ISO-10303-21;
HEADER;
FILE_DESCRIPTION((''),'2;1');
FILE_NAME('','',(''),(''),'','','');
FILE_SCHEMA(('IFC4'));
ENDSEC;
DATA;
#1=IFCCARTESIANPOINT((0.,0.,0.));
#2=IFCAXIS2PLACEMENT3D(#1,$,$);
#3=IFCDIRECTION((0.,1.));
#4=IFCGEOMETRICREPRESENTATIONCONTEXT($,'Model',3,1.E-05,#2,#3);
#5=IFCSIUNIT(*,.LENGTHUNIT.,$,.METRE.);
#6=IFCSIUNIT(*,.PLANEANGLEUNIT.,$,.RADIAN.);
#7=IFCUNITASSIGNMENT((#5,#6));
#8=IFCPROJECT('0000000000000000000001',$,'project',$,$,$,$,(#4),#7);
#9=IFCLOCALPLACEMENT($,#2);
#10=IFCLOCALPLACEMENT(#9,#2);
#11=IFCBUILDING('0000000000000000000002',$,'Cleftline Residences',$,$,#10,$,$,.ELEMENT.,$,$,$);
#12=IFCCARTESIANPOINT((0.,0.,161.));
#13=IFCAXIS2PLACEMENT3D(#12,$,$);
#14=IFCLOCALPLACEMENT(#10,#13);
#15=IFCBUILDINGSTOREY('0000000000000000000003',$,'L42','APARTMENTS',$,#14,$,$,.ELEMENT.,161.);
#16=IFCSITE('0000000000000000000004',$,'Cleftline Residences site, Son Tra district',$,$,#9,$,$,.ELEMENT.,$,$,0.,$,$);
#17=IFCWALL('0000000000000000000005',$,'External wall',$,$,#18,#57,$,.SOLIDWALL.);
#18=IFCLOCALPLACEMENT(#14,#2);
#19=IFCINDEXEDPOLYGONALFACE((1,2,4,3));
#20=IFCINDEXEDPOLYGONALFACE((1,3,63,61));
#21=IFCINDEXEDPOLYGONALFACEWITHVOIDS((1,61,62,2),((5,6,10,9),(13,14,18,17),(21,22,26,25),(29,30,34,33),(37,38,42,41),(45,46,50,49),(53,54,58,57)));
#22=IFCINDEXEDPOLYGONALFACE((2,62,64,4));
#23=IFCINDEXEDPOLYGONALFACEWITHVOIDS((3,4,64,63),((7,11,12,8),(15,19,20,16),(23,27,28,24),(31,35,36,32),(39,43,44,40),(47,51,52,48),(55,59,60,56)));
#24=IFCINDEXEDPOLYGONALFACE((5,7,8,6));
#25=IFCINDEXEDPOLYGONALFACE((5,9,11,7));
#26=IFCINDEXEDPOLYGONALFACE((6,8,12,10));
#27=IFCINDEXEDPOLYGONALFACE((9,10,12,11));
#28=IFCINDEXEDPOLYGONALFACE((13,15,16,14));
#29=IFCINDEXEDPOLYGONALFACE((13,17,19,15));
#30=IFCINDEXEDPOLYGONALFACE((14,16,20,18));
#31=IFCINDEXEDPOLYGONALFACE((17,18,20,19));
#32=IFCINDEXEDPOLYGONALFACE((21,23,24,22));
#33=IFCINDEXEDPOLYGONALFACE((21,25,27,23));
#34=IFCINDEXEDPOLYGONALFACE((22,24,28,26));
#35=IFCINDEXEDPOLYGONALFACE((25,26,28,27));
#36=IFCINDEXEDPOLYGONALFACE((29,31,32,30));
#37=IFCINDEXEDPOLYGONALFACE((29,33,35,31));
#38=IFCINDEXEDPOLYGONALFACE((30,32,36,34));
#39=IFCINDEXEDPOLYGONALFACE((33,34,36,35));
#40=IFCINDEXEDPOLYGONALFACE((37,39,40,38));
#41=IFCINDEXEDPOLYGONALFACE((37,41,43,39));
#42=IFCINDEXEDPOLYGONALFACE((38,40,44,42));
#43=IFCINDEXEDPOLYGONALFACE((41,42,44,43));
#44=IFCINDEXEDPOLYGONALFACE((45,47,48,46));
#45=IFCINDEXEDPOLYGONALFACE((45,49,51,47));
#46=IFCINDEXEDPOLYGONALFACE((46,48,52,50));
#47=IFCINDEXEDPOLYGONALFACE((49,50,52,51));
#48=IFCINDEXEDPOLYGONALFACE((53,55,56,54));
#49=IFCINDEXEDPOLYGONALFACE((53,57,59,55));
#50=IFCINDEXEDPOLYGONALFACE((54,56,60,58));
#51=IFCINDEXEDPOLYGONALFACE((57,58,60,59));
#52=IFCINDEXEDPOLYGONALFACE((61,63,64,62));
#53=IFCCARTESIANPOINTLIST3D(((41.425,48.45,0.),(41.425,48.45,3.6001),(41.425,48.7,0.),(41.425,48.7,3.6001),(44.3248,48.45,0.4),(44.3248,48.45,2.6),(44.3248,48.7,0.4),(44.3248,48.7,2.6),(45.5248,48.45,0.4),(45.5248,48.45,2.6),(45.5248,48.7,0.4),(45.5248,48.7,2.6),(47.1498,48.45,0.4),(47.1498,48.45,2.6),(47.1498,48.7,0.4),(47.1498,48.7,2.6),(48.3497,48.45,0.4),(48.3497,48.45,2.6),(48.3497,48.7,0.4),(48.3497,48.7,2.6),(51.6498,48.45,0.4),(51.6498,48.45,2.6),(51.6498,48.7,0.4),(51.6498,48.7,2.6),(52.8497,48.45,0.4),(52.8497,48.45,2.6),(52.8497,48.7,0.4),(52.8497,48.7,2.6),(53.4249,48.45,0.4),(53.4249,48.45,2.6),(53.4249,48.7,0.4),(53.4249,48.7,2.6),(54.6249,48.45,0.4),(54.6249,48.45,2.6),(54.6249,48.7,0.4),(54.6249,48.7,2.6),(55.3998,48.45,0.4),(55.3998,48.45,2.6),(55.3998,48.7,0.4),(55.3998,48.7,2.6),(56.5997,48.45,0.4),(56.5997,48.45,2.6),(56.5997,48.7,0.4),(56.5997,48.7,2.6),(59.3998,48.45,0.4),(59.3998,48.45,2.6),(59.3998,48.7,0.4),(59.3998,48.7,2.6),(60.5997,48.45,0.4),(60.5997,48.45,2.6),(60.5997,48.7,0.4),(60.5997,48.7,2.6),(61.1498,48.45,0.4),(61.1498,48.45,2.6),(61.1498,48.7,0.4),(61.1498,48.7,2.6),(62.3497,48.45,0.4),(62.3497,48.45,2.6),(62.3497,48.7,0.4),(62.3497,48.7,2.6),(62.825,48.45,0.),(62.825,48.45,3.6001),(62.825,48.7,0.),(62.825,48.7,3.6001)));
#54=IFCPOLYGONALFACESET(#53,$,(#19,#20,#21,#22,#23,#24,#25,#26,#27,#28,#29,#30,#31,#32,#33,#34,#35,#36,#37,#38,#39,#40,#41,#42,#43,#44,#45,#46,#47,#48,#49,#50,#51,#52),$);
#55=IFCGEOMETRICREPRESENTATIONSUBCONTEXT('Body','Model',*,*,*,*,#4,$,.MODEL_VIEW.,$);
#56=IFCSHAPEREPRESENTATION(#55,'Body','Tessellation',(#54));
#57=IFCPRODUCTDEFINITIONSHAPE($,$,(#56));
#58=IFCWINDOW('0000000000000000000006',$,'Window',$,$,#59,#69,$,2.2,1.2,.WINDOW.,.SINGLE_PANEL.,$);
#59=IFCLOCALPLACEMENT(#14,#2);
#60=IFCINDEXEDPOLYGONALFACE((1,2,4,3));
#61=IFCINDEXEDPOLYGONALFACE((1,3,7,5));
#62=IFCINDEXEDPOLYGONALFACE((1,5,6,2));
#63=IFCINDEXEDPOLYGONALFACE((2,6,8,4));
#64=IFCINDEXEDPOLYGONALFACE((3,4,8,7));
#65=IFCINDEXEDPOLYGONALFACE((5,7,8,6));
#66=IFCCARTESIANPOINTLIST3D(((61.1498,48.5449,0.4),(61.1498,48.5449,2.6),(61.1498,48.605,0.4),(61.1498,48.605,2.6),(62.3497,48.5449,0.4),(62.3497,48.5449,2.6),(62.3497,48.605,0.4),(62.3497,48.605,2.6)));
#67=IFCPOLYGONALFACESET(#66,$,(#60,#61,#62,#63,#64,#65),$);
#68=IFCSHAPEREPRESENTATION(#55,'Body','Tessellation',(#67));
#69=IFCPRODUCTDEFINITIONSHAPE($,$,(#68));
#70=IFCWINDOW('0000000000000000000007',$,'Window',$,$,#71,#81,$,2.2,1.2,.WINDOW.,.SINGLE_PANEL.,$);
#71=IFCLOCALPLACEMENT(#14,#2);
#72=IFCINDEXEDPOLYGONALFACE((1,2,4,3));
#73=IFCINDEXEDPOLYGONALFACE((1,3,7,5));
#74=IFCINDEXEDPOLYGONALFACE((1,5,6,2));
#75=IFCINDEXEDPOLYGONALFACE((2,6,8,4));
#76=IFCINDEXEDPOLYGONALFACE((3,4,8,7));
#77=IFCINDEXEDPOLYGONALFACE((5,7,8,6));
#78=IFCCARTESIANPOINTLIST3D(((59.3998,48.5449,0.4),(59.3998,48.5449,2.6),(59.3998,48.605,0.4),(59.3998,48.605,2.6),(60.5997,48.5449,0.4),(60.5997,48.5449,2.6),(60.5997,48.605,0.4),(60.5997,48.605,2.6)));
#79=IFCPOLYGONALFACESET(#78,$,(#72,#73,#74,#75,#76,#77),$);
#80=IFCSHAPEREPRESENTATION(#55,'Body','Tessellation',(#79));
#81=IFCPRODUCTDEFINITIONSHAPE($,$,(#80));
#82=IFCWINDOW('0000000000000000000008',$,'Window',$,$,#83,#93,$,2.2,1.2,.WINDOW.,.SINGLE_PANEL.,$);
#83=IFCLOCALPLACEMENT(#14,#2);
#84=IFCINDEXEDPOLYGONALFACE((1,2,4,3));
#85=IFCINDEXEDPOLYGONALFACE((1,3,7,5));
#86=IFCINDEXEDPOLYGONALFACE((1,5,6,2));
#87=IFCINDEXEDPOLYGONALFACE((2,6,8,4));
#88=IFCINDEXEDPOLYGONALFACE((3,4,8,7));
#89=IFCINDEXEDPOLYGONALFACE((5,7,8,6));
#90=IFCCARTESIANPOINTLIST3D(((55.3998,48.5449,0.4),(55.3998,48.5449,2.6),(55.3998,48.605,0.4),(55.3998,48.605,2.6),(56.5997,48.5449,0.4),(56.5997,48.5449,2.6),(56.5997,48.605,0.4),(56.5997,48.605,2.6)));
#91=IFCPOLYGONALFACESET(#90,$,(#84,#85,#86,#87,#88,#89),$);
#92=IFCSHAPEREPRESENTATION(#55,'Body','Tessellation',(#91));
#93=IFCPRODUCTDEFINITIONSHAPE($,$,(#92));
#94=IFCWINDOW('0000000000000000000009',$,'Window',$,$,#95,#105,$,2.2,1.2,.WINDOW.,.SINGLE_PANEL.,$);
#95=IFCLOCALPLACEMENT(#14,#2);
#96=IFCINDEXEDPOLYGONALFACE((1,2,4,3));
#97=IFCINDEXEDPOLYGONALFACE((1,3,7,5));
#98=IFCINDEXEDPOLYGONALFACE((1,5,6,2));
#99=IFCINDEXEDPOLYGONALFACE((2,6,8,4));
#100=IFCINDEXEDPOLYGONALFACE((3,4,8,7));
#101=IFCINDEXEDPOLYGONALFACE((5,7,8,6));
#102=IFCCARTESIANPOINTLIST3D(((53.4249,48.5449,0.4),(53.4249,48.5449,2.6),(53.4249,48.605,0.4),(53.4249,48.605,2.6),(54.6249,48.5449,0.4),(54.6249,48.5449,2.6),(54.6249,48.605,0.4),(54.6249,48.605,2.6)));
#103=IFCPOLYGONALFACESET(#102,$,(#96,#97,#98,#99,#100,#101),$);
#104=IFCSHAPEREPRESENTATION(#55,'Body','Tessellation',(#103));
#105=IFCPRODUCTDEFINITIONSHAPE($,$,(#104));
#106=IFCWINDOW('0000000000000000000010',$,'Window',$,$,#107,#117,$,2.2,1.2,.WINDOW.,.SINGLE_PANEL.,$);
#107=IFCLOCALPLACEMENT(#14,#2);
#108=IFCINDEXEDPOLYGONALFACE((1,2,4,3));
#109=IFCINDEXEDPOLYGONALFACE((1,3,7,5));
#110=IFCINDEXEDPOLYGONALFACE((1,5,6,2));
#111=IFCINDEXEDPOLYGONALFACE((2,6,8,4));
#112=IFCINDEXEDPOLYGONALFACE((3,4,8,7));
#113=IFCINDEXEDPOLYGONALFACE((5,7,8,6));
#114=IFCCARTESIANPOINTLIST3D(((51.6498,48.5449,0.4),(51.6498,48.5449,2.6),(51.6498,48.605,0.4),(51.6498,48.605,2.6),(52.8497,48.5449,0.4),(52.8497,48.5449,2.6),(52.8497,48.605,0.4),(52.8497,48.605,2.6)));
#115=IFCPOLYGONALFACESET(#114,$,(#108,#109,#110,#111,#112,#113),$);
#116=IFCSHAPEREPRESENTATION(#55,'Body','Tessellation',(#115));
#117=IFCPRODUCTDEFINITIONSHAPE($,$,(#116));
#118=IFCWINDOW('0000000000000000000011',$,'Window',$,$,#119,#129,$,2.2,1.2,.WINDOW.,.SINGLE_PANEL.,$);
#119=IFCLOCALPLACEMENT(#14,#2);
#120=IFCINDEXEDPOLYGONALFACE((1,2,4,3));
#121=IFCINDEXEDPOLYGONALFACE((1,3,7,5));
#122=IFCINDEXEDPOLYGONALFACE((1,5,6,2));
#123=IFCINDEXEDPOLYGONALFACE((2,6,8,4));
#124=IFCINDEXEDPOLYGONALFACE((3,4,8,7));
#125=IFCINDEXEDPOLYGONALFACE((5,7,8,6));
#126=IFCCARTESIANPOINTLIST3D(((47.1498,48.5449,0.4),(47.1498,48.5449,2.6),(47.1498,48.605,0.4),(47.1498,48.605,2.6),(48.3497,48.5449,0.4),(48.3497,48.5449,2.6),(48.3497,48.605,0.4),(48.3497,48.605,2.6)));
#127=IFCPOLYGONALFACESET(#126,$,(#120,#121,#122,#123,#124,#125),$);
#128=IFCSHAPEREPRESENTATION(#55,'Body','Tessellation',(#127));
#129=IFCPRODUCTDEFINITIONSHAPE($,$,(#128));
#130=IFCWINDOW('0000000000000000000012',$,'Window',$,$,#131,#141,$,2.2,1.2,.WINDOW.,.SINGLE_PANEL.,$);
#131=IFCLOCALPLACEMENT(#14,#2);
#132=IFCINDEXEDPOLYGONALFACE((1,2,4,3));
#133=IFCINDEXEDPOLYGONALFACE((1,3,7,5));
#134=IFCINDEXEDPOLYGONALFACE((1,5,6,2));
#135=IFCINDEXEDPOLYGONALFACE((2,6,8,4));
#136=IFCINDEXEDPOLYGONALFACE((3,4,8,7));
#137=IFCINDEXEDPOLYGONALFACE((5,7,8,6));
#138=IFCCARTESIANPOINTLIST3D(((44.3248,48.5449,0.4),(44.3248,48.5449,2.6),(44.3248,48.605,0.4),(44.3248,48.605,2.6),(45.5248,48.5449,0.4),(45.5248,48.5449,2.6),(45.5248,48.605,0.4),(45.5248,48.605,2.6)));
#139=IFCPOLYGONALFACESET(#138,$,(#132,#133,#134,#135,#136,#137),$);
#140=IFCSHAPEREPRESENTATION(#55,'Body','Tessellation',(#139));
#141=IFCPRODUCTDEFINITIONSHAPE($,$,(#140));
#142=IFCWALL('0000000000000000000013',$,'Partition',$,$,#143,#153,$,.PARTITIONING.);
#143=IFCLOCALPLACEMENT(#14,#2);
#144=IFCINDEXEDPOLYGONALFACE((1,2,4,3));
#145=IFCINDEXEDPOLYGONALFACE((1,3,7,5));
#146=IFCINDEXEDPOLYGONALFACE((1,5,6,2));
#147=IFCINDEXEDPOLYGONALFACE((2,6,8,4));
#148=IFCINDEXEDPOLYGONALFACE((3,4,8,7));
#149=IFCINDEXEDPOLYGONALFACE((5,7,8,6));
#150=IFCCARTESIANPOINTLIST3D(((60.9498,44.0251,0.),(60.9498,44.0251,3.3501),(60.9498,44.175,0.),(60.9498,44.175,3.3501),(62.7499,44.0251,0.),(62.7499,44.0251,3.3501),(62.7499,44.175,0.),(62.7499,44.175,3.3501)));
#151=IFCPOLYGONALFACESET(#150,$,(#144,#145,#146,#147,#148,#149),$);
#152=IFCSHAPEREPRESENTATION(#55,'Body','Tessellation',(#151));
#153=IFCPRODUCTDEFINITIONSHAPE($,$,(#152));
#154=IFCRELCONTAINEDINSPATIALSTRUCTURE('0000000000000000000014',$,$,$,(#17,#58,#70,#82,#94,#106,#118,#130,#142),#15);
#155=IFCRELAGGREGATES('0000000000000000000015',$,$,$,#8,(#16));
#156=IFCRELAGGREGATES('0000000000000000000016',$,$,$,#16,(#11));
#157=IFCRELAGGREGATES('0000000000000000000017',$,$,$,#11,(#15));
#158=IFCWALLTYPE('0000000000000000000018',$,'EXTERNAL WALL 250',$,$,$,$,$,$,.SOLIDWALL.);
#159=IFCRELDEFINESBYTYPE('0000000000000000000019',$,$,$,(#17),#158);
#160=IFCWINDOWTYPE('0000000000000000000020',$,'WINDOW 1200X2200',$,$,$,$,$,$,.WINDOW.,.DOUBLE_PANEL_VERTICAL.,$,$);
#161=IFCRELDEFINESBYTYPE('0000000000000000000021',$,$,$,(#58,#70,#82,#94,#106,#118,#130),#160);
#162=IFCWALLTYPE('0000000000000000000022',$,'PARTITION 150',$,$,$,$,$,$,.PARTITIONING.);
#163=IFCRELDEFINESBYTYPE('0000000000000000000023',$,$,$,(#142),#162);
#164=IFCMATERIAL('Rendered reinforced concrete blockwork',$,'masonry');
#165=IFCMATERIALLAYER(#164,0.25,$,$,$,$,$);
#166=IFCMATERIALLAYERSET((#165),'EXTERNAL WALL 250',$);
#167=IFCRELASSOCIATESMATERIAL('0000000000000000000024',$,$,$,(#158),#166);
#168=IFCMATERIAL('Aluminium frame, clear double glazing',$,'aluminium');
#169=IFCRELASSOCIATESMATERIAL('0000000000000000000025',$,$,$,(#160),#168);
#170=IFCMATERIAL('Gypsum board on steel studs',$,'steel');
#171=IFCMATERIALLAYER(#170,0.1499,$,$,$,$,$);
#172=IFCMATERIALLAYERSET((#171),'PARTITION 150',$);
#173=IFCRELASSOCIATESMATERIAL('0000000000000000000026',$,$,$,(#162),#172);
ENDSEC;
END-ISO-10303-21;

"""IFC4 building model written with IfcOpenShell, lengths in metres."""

from ifc_helpers import new_model, si_unit, direction, frame, frame_2d, origin, place, context, subcontext, project, spatial, rectangle, extrude, material, layer, layer_set, type_object, element, fill, save


model = new_model("IFC4")

# Units and contexts
model_context = context("Model", 3, precision=1e-05, world=origin(), true_north=direction((0.0, 1.0)))
body_context = subcontext(model_context, "Body", "Model", "MODEL_VIEW")
ifc_project = project(units=[si_unit("LENGTHUNIT", "METRE"), si_unit("PLANEANGLEUNIT", "RADIAN")], contexts=[model_context])

# Site, building, storey
site_placement = place(None, origin())
site = spatial("IfcSite", under=ifc_project, at=site_placement, Name="Cleftline Residences site, Son Tra district", CompositionType="ELEMENT", RefElevation=0.0)
building_placement = place(site_placement, origin())
building = spatial("IfcBuilding", under=site, at=building_placement, Name="Cleftline Residences", CompositionType="ELEMENT")
storey_placement = place(building_placement, frame((0.0, 0.0, 161.0)))
storey = spatial("IfcBuildingStorey", under=building, at=storey_placement, Name="L42", Description="APARTMENTS", CompositionType="ELEMENT", Elevation=161.0)

# Shared definitions
ifc_material_1 = material(Name="Rendered reinforced concrete blockwork", Category="masonry")
ifc_layer_1 = layer(ifc_material_1, 0.25)
ifc_layer_set_1 = layer_set([ifc_layer_1], Name="EXTERNAL WALL 250")
wall_type_1 = type_object("IfcWallType", Name="EXTERNAL WALL 250", PredefinedType="SOLIDWALL", material=ifc_layer_set_1)

# Wall, openings, windows
wall_1_placement = place(storey_placement, frame((62.825, 48.575, 0.0), z_axis=(0.0, 0.0, 1.0), x_axis=(-1.0, 0.0, 0.0)))
wall_1 = element("IfcWall", 1, at=wall_1_placement, inside=storey, type_object=wall_type_1, Name="External wall", PredefinedType="SOLIDWALL", context=body_context, shape_type="SweptSolid", body=[
    extrude(rectangle(XDim=21.3999, YDim=0.25, at=frame_2d((10.7, 0.0))), origin(), (0.0, 0.0, 1.0), 3.6001),
])
opening_1_placement = place(wall_1_placement, frame((0.4751, 0.0, 0.3999)))
opening_1 = element("IfcOpeningElement", 2, at=opening_1_placement, cuts=wall_1, PredefinedType="OPENING", context=body_context, shape_type="SweptSolid", body=[
    extrude(rectangle(XDim=1.2, YDim=2.2, at=frame_2d((0.6001, 1.1001))), frame((0.0, 0.135, 0.0), z_axis=(0.0, -1.0, 0.0), x_axis=(1.0, 0.0, 0.0)), (0.0, 0.0, 1.0), 0.27),
])
opening_2_placement = place(wall_1_placement, frame((2.2251, 0.0, 0.3999)))
opening_2 = element("IfcOpeningElement", 3, at=opening_2_placement, cuts=wall_1, PredefinedType="OPENING", context=body_context, shape_type="SweptSolid", body=[
    extrude(rectangle(XDim=1.2, YDim=2.2, at=frame_2d((0.6001, 1.1001))), frame((0.0, 0.135, 0.0), z_axis=(0.0, -1.0, 0.0), x_axis=(1.0, 0.0, 0.0)), (0.0, 0.0, 1.0), 0.27),
])
opening_3_placement = place(wall_1_placement, frame((6.2251, 0.0, 0.3999)))
opening_3 = element("IfcOpeningElement", 4, at=opening_3_placement, cuts=wall_1, PredefinedType="OPENING", context=body_context, shape_type="SweptSolid", body=[
    extrude(rectangle(XDim=1.2, YDim=2.2, at=frame_2d((0.6001, 1.1001))), frame((0.0, 0.135, 0.0), z_axis=(0.0, -1.0, 0.0), x_axis=(1.0, 0.0, 0.0)), (0.0, 0.0, 1.0), 0.27),
])
opening_4_placement = place(wall_1_placement, frame((8.2, 0.0, 0.3999)))
opening_4 = element("IfcOpeningElement", 5, at=opening_4_placement, cuts=wall_1, PredefinedType="OPENING", context=body_context, shape_type="SweptSolid", body=[
    extrude(rectangle(XDim=1.2, YDim=2.2, at=frame_2d((0.6001, 1.1001))), frame((0.0, 0.135, 0.0), z_axis=(0.0, -1.0, 0.0), x_axis=(1.0, 0.0, 0.0)), (0.0, 0.0, 1.0), 0.27),
])
opening_5_placement = place(wall_1_placement, frame((9.9751, 0.0, 0.3999)))
opening_5 = element("IfcOpeningElement", 6, at=opening_5_placement, cuts=wall_1, PredefinedType="OPENING", context=body_context, shape_type="SweptSolid", body=[
    extrude(rectangle(XDim=1.2, YDim=2.2, at=frame_2d((0.6001, 1.1001))), frame((0.0, 0.135, 0.0), z_axis=(0.0, -1.0, 0.0), x_axis=(1.0, 0.0, 0.0)), (0.0, 0.0, 1.0), 0.27),
])
opening_6_placement = place(wall_1_placement, frame((14.4751, 0.0, 0.3999)))
opening_6 = element("IfcOpeningElement", 7, at=opening_6_placement, cuts=wall_1, PredefinedType="OPENING", context=body_context, shape_type="SweptSolid", body=[
    extrude(rectangle(XDim=1.2, YDim=2.2, at=frame_2d((0.6001, 1.1001))), frame((0.0, 0.135, 0.0), z_axis=(0.0, -1.0, 0.0), x_axis=(1.0, 0.0, 0.0)), (0.0, 0.0, 1.0), 0.27),
])
opening_7_placement = place(wall_1_placement, frame((17.3, 0.0, 0.3999)))
opening_7 = element("IfcOpeningElement", 8, at=opening_7_placement, cuts=wall_1, PredefinedType="OPENING", context=body_context, shape_type="SweptSolid", body=[
    extrude(rectangle(XDim=1.2, YDim=2.2, at=frame_2d((0.6001, 1.1001))), frame((0.0, 0.135, 0.0), z_axis=(0.0, -1.0, 0.0), x_axis=(1.0, 0.0, 0.0)), (0.0, 0.0, 1.0), 0.27),
])
ifc_material_2 = material(Name="Aluminium frame, clear double glazing", Category="aluminium")
window_type_1 = type_object("IfcWindowType", Name="WINDOW 1200X2200", PartitioningType="DOUBLE_PANEL_VERTICAL", PredefinedType="WINDOW", material=ifc_material_2)
window_1_placement = place(opening_1_placement, origin())
window_1 = element("IfcWindow", 9, at=window_1_placement, inside=storey, type_object=window_type_1, Name="Window", OverallHeight=2.2, OverallWidth=1.2, PartitioningType="SINGLE_PANEL", PredefinedType="WINDOW", context=body_context, shape_type="SweptSolid", body=[
    extrude(rectangle(XDim=1.2, YDim=2.2, at=frame_2d((0.6001, 1.1001))), frame((0.0, 0.03, 0.0), z_axis=(0.0, -1.0, 0.0), x_axis=(1.0, 0.0, 0.0)), (0.0, 0.0, 1.0), 0.0601),
])
fill(opening_1, window_1)
window_2_placement = place(opening_2_placement, origin())
window_2 = element("IfcWindow", 10, at=window_2_placement, inside=storey, type_object=window_type_1, Name="Window", OverallHeight=2.2, OverallWidth=1.2, PartitioningType="SINGLE_PANEL", PredefinedType="WINDOW", context=body_context, shape_type="SweptSolid", body=[
    extrude(rectangle(XDim=1.2, YDim=2.2, at=frame_2d((0.6001, 1.1001))), frame((0.0, 0.03, 0.0), z_axis=(0.0, -1.0, 0.0), x_axis=(1.0, 0.0, 0.0)), (0.0, 0.0, 1.0), 0.0601),
])
fill(opening_2, window_2)
window_3_placement = place(opening_3_placement, origin())
window_3 = element("IfcWindow", 11, at=window_3_placement, inside=storey, type_object=window_type_1, Name="Window", OverallHeight=2.2, OverallWidth=1.2, PartitioningType="SINGLE_PANEL", PredefinedType="WINDOW", context=body_context, shape_type="SweptSolid", body=[
    extrude(rectangle(XDim=1.2, YDim=2.2, at=frame_2d((0.6001, 1.1001))), frame((0.0, 0.03, 0.0), z_axis=(0.0, -1.0, 0.0), x_axis=(1.0, 0.0, 0.0)), (0.0, 0.0, 1.0), 0.0601),
])
fill(opening_3, window_3)
window_4_placement = place(opening_4_placement, origin())
window_4 = element("IfcWindow", 12, at=window_4_placement, inside=storey, type_object=window_type_1, Name="Window", OverallHeight=2.2, OverallWidth=1.2, PartitioningType="SINGLE_PANEL", PredefinedType="WINDOW", context=body_context, shape_type="SweptSolid", body=[
    extrude(rectangle(XDim=1.2, YDim=2.2, at=frame_2d((0.6001, 1.1001))), frame((0.0, 0.03, 0.0), z_axis=(0.0, -1.0, 0.0), x_axis=(1.0, 0.0, 0.0)), (0.0, 0.0, 1.0), 0.0601),
])
fill(opening_4, window_4)
window_5_placement = place(opening_5_placement, origin())
window_5 = element("IfcWindow", 13, at=window_5_placement, inside=storey, type_object=window_type_1, Name="Window", OverallHeight=2.2, OverallWidth=1.2, PartitioningType="SINGLE_PANEL", PredefinedType="WINDOW", context=body_context, shape_type="SweptSolid", body=[
    extrude(rectangle(XDim=1.2, YDim=2.2, at=frame_2d((0.6001, 1.1001))), frame((0.0, 0.03, 0.0), z_axis=(0.0, -1.0, 0.0), x_axis=(1.0, 0.0, 0.0)), (0.0, 0.0, 1.0), 0.0601),
])
fill(opening_5, window_5)
window_6_placement = place(opening_6_placement, origin())
window_6 = element("IfcWindow", 14, at=window_6_placement, inside=storey, type_object=window_type_1, Name="Window", OverallHeight=2.2, OverallWidth=1.2, PartitioningType="SINGLE_PANEL", PredefinedType="WINDOW", context=body_context, shape_type="SweptSolid", body=[
    extrude(rectangle(XDim=1.2, YDim=2.2, at=frame_2d((0.6001, 1.1001))), frame((0.0, 0.03, 0.0), z_axis=(0.0, -1.0, 0.0), x_axis=(1.0, 0.0, 0.0)), (0.0, 0.0, 1.0), 0.0601),
])
fill(opening_6, window_6)
window_7_placement = place(opening_7_placement, origin())
window_7 = element("IfcWindow", 15, at=window_7_placement, inside=storey, type_object=window_type_1, Name="Window", OverallHeight=2.2, OverallWidth=1.2, PartitioningType="SINGLE_PANEL", PredefinedType="WINDOW", context=body_context, shape_type="SweptSolid", body=[
    extrude(rectangle(XDim=1.2, YDim=2.2, at=frame_2d((0.6001, 1.1001))), frame((0.0, 0.03, 0.0), z_axis=(0.0, -1.0, 0.0), x_axis=(1.0, 0.0, 0.0)), (0.0, 0.0, 1.0), 0.0601),
])
fill(opening_7, window_7)

# Wall
ifc_material_3 = material(Name="Gypsum board on steel studs", Category="steel")
ifc_layer_2 = layer(ifc_material_3, 0.1499)
ifc_layer_set_2 = layer_set([ifc_layer_2], Name="PARTITION 150")
wall_type_2 = type_object("IfcWallType", Name="PARTITION 150", PredefinedType="PARTITIONING", material=ifc_layer_set_2)
wall_2_placement = place(storey_placement, frame((60.95, 44.1001, 0.0), z_axis=(0.0, 0.0, 1.0), x_axis=(1.0, 0.0, 0.0)))
element("IfcWall", 16, at=wall_2_placement, inside=storey, type_object=wall_type_2, Name="Partition", PredefinedType="PARTITIONING", context=body_context, shape_type="SweptSolid", body=[
    extrude(rectangle(XDim=1.8, YDim=0.1499, at=frame_2d((0.8999, 0.0))), origin(), (0.0, 0.0, 1.0), 3.3501),
])

save(model, "model.ifc")
